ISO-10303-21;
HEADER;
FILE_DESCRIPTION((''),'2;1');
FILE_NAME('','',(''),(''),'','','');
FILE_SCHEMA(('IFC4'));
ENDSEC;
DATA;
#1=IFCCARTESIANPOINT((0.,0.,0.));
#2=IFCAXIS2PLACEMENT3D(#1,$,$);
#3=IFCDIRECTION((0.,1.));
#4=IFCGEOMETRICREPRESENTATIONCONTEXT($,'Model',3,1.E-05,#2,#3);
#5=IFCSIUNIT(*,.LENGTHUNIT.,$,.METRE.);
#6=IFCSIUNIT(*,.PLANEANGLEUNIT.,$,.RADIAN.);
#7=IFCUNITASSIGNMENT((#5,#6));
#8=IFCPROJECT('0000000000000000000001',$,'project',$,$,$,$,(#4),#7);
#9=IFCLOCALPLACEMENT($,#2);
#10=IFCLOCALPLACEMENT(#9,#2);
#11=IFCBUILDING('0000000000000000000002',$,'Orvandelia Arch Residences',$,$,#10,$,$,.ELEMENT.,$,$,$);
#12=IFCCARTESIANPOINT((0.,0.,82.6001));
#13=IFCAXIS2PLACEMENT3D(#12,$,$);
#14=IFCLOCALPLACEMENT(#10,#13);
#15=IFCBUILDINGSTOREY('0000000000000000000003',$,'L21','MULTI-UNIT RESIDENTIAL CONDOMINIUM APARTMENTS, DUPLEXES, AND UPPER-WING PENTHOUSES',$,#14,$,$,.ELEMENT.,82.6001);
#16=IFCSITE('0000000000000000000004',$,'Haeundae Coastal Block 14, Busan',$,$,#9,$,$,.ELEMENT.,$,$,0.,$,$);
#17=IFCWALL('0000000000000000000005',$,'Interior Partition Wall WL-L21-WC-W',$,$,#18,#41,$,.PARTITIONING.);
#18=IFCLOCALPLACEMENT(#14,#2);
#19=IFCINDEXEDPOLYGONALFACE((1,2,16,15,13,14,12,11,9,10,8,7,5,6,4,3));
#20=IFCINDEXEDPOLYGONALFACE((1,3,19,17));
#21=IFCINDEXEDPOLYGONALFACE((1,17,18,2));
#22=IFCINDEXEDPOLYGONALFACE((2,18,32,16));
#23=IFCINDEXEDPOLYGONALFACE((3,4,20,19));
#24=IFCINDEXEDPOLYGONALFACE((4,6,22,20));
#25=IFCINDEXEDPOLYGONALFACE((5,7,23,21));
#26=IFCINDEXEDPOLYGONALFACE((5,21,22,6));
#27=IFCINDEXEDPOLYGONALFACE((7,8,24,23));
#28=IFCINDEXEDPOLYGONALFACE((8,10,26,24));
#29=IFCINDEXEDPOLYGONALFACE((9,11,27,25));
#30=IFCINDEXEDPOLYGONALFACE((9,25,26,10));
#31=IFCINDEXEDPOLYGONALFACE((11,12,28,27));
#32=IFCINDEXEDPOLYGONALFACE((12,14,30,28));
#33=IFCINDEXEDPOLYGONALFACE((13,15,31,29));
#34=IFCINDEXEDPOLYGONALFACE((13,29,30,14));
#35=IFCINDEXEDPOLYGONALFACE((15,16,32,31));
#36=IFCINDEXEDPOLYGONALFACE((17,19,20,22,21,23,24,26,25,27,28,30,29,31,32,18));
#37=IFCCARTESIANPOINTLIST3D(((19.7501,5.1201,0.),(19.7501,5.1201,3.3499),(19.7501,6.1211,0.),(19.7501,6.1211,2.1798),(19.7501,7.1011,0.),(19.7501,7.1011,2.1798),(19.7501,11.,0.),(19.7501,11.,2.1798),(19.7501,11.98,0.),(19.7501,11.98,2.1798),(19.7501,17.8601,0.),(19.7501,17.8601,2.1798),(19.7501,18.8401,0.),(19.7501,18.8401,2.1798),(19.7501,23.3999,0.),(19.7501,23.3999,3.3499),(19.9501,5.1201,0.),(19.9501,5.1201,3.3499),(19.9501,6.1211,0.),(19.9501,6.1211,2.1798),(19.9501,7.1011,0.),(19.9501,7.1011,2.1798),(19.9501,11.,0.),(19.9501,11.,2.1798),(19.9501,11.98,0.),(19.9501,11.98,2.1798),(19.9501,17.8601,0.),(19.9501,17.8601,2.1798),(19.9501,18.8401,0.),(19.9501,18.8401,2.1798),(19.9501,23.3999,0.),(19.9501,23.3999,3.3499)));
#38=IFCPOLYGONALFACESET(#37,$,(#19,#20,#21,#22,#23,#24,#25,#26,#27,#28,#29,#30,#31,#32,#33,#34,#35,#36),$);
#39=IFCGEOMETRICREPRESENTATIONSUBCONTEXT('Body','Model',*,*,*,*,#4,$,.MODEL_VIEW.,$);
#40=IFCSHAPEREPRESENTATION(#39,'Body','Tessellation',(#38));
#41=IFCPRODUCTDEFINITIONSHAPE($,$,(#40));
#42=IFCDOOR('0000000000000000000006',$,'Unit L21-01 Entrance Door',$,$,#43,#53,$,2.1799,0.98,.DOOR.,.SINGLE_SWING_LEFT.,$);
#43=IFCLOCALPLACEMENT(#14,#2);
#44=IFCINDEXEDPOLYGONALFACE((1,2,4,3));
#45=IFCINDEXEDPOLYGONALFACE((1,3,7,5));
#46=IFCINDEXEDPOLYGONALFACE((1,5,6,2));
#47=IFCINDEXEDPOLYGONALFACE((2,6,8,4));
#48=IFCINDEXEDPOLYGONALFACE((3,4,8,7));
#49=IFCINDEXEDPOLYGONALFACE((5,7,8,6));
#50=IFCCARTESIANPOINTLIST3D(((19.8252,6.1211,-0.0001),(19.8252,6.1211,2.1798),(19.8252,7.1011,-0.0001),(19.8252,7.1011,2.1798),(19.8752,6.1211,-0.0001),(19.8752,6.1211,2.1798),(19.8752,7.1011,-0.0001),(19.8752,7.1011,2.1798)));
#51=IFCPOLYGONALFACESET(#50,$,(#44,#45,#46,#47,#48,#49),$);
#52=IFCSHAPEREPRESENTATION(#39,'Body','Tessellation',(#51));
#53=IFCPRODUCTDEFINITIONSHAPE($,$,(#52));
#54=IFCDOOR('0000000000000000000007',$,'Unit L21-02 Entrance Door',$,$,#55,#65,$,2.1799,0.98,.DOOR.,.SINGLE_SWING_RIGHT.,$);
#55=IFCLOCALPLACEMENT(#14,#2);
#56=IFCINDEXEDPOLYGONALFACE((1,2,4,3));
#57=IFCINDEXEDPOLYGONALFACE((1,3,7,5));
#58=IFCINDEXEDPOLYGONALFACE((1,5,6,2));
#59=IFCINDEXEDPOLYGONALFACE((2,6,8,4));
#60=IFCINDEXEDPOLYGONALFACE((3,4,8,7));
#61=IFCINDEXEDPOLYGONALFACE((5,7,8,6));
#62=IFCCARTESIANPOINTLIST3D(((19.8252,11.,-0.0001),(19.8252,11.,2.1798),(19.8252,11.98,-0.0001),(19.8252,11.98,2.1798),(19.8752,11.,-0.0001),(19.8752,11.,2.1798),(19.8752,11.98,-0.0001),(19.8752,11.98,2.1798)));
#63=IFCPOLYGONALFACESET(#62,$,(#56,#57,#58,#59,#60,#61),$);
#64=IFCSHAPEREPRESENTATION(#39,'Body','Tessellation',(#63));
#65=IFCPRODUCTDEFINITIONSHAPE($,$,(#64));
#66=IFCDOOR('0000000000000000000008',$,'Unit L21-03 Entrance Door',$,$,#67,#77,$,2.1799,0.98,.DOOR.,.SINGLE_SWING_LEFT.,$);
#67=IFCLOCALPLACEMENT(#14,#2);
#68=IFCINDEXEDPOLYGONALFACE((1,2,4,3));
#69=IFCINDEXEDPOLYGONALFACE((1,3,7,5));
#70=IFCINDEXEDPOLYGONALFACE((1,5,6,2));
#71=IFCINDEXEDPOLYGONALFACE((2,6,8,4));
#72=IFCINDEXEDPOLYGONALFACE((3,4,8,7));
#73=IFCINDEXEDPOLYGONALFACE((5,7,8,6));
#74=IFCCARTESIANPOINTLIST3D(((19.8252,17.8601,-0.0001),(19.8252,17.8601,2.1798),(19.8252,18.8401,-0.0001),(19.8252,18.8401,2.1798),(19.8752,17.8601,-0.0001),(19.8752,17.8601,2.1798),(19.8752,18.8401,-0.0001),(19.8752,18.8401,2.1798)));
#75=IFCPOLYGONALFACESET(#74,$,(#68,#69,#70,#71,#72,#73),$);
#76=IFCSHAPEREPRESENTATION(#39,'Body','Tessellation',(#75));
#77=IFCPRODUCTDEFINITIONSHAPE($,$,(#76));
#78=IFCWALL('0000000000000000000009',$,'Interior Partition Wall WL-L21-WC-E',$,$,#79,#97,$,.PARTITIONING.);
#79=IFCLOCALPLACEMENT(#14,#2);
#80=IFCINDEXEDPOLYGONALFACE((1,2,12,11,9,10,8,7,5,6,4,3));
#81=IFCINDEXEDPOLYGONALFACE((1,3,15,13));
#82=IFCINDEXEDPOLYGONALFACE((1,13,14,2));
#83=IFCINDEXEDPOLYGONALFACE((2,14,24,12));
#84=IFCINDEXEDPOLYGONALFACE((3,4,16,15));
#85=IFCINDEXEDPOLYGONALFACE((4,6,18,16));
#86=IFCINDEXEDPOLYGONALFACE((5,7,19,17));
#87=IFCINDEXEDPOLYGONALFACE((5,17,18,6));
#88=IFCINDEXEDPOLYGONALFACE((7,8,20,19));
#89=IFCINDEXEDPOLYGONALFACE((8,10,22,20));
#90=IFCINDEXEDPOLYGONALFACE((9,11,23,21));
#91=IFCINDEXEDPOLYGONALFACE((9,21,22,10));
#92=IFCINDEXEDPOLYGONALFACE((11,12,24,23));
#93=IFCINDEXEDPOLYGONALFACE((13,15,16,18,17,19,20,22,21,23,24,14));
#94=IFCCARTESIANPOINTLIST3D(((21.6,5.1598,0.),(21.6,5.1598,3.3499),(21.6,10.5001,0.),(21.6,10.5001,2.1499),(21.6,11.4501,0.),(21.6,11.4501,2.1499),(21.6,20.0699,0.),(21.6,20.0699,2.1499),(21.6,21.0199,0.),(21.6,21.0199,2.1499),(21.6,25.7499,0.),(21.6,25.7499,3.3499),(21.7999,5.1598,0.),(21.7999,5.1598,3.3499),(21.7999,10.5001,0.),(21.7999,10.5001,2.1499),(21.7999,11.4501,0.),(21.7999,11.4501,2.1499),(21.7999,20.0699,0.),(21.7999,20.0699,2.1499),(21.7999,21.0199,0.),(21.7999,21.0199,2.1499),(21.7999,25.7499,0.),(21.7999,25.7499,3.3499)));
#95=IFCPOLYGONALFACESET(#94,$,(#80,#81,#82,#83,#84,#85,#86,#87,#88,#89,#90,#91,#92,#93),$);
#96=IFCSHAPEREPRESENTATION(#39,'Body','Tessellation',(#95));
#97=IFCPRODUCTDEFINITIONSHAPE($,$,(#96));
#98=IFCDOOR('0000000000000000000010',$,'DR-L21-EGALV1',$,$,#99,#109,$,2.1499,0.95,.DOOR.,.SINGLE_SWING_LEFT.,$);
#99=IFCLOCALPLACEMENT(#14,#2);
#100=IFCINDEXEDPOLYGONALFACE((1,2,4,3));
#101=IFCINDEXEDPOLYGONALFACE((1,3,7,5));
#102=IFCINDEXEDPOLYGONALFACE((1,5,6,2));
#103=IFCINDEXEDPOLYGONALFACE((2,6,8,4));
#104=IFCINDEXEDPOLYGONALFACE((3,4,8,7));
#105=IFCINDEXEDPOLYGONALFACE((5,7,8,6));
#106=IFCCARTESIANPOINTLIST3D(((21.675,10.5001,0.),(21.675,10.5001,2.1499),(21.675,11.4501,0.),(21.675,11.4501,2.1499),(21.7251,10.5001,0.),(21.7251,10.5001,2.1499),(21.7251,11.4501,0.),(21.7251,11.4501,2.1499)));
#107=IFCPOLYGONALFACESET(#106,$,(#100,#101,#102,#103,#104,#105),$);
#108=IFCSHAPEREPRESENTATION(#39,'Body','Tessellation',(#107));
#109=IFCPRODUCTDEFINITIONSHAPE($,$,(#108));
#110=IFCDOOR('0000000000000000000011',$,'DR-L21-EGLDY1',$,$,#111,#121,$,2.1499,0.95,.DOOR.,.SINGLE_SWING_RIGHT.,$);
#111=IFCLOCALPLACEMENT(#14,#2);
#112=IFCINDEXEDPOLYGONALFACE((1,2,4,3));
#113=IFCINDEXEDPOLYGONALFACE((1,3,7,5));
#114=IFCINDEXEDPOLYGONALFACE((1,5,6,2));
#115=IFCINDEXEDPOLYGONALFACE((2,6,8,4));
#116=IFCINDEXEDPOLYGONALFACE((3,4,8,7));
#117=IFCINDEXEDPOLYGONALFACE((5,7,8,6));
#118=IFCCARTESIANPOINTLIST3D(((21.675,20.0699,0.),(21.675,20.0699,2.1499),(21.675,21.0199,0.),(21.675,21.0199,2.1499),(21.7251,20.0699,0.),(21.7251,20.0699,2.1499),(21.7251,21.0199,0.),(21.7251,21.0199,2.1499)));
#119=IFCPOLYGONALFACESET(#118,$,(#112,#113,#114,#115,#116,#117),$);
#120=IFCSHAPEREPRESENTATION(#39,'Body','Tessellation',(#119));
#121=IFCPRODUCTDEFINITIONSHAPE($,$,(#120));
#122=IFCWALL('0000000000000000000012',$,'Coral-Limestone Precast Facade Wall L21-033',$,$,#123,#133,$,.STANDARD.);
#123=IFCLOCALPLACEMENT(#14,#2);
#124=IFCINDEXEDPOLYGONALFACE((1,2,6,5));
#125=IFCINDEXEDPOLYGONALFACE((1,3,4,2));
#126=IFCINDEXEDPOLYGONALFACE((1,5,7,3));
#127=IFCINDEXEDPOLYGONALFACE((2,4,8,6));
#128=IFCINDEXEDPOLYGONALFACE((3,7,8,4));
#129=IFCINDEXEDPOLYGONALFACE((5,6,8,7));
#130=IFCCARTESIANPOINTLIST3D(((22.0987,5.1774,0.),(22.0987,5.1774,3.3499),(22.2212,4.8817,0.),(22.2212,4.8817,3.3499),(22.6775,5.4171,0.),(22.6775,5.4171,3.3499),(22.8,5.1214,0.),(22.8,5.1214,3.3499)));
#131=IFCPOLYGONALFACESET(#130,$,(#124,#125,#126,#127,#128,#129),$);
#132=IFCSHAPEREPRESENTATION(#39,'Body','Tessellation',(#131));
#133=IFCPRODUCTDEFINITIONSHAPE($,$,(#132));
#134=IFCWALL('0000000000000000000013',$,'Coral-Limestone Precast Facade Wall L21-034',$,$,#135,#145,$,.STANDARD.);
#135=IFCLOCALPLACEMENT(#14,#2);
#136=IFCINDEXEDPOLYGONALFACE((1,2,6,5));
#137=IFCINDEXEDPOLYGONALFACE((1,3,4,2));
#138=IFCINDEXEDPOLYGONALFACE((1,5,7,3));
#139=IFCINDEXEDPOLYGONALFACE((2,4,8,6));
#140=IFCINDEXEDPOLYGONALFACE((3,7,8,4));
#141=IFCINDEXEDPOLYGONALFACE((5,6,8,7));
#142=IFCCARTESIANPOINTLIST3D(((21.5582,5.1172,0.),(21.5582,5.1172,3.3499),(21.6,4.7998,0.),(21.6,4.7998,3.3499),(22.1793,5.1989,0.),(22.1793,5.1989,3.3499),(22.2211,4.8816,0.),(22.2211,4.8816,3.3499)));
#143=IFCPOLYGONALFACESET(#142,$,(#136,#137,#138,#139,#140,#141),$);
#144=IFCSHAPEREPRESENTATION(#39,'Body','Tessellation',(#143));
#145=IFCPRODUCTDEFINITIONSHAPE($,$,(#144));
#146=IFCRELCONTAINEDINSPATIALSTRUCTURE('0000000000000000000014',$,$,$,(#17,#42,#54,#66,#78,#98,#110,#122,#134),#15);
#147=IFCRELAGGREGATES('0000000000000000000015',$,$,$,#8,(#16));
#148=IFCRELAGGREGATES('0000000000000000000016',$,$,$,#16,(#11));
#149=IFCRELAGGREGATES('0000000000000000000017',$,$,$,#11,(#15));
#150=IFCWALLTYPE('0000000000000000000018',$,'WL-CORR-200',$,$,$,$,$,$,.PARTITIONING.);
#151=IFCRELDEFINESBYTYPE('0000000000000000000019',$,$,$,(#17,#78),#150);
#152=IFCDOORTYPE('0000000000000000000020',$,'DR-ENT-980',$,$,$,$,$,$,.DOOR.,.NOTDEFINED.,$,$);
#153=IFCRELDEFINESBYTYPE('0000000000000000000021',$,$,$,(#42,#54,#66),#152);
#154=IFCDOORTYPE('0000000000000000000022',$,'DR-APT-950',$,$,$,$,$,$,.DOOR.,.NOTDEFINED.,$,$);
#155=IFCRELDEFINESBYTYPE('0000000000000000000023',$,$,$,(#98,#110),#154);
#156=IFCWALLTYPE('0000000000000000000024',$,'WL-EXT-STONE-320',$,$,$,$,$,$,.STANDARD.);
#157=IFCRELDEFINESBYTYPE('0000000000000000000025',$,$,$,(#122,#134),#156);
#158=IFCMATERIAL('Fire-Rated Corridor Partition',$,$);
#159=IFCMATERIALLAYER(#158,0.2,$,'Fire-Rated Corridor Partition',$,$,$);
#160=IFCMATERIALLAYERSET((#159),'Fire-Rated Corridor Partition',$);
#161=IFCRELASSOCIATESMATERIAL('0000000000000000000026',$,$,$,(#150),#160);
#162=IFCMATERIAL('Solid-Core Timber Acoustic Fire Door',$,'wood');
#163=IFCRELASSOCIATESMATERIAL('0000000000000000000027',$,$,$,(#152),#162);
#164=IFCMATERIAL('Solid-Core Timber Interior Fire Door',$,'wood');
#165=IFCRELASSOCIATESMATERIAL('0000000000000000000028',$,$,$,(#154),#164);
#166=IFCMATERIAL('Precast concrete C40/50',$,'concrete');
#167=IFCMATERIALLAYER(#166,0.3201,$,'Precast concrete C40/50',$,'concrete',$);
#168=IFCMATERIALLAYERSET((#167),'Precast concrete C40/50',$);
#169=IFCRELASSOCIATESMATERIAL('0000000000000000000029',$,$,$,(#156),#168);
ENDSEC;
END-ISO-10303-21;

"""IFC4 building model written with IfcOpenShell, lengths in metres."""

from ifc_helpers import new_model, si_unit, direction, frame, frame_2d, origin, place, context, subcontext, project, spatial, rectangle, extrude, material, layer, layer_set, type_object, element, fill, save


model = new_model("IFC4")

# Units and contexts
model_context = context("Model", 3, precision=1e-05, world=origin(), true_north=direction((0.0, 1.0)))
body_context = subcontext(model_context, "Body", "Model", "MODEL_VIEW")
ifc_project = project(units=[si_unit("LENGTHUNIT", "METRE"), si_unit("PLANEANGLEUNIT", "RADIAN")], contexts=[model_context])

# Site, building, storey
site_placement = place(None, origin())
site = spatial("IfcSite", under=ifc_project, at=site_placement, Name="Haeundae Coastal Block 14, Busan", CompositionType="ELEMENT", RefElevation=0.0)
building_placement = place(site_placement, origin())
building = spatial("IfcBuilding", under=site, at=building_placement, Name="Orvandelia Arch Residences", CompositionType="ELEMENT")
storey_placement = place(building_placement, frame((0.0, 0.0, 82.6001)))
storey = spatial("IfcBuildingStorey", under=building, at=storey_placement, Name="L21", Description="MULTI-UNIT RESIDENTIAL CONDOMINIUM APARTMENTS, DUPLEXES, AND UPPER-WING PENTHOUSES", CompositionType="ELEMENT", Elevation=82.6001)

# Walls, openings, doors
ifc_material_1 = material(Name="Fire-Rated Corridor Partition")
ifc_layer_1 = layer(ifc_material_1, 0.2, Name="Fire-Rated Corridor Partition")
ifc_layer_set_1 = layer_set([ifc_layer_1], Name="Fire-Rated Corridor Partition")
wall_type_1 = type_object("IfcWallType", Name="WL-CORR-200", PredefinedType="PARTITIONING", material=ifc_layer_set_1)
wall_1_placement = place(storey_placement, frame((19.8501, 5.1201, 0.0), z_axis=(0.0, 0.0, 1.0), x_axis=(0.0, 1.0, 0.0)))
wall_1 = element("IfcWall", 1, at=wall_1_placement, inside=storey, type_object=wall_type_1, Name="Interior Partition Wall WL-L21-WC-W", PredefinedType="PARTITIONING", context=body_context, shape_type="SweptSolid", body=[
    extrude(rectangle(XDim=18.2798, YDim=0.2, at=frame_2d((9.1399, 0.0))), origin(), (0.0, 0.0, 1.0), 3.3499),
])
opening_1_placement = place(wall_1_placement, frame((1.001, 0.0, 0.0)))
opening_1 = element("IfcOpeningElement", 2, at=opening_1_placement, cuts=wall_1, PredefinedType="OPENING", context=body_context, shape_type="SweptSolid", body=[
    extrude(rectangle(XDim=0.98, YDim=2.1799, at=frame_2d((0.49, 1.0898))), frame((0.0, 0.1099, 0.0), z_axis=(0.0, -1.0, 0.0), x_axis=(1.0, 0.0, 0.0)), (0.0, 0.0, 1.0), 0.22),
])
opening_2_placement = place(wall_1_placement, frame((5.8799, 0.0, 0.0)))
opening_2 = element("IfcOpeningElement", 3, at=opening_2_placement, cuts=wall_1, PredefinedType="OPENING", context=body_context, shape_type="SweptSolid", body=[
    extrude(rectangle(XDim=0.98, YDim=2.1799, at=frame_2d((0.49, 1.0898))), frame((0.0, 0.1099, 0.0), z_axis=(0.0, -1.0, 0.0), x_axis=(1.0, 0.0, 0.0)), (0.0, 0.0, 1.0), 0.22),
])
opening_3_placement = place(wall_1_placement, frame((12.74, 0.0, 0.0)))
opening_3 = element("IfcOpeningElement", 4, at=opening_3_placement, cuts=wall_1, PredefinedType="OPENING", context=body_context, shape_type="SweptSolid", body=[
    extrude(rectangle(XDim=0.98, YDim=2.1799, at=frame_2d((0.49, 1.0898))), frame((0.0, 0.1099, 0.0), z_axis=(0.0, -1.0, 0.0), x_axis=(1.0, 0.0, 0.0)), (0.0, 0.0, 1.0), 0.22),
])
ifc_material_2 = material(Name="Solid-Core Timber Acoustic Fire Door", Category="wood")
door_type_1 = type_object("IfcDoorType", Name="DR-ENT-980", OperationType="NOTDEFINED", PredefinedType="DOOR", material=ifc_material_2)
door_1_placement = place(opening_1_placement, origin())
door_1 = element("IfcDoor", 5, at=door_1_placement, inside=storey, type_object=door_type_1, Name="Unit L21-01 Entrance Door", OperationType="SINGLE_SWING_LEFT", OverallHeight=2.1799, OverallWidth=0.98, PredefinedType="DOOR", context=body_context, shape_type="SweptSolid", body=[
    extrude(rectangle(XDim=0.98, YDim=2.1799, at=frame_2d((0.49, 1.0898))), frame((0.0, 0.0249, 0.0), z_axis=(0.0, -1.0, 0.0), x_axis=(1.0, 0.0, 0.0)), (0.0, 0.0, 1.0), 0.05),
])
fill(opening_1, door_1)
door_2_placement = place(opening_2_placement, origin())
door_2 = element("IfcDoor", 6, at=door_2_placement, inside=storey, type_object=door_type_1, Name="Unit L21-02 Entrance Door", OperationType="SINGLE_SWING_RIGHT", OverallHeight=2.1799, OverallWidth=0.98, PredefinedType="DOOR", context=body_context, shape_type="SweptSolid", body=[
    extrude(rectangle(XDim=0.98, YDim=2.1799, at=frame_2d((0.49, 1.0898))), frame((0.0, 0.0249, 0.0), z_axis=(0.0, -1.0, 0.0), x_axis=(1.0, 0.0, 0.0)), (0.0, 0.0, 1.0), 0.05),
])
fill(opening_2, door_2)
door_3_placement = place(opening_3_placement, origin())
door_3 = element("IfcDoor", 7, at=door_3_placement, inside=storey, type_object=door_type_1, Name="Unit L21-03 Entrance Door", OperationType="SINGLE_SWING_LEFT", OverallHeight=2.1799, OverallWidth=0.98, PredefinedType="DOOR", context=body_context, shape_type="SweptSolid", body=[
    extrude(rectangle(XDim=0.98, YDim=2.1799, at=frame_2d((0.49, 1.0898))), frame((0.0, 0.0249, 0.0), z_axis=(0.0, -1.0, 0.0), x_axis=(1.0, 0.0, 0.0)), (0.0, 0.0, 1.0), 0.05),
])
fill(opening_3, door_3)
wall_2_placement = place(storey_placement, frame((21.7, 5.1599, 0.0), z_axis=(0.0, 0.0, 1.0), x_axis=(0.0, 1.0, 0.0)))
wall_2 = element("IfcWall", 8, at=wall_2_placement, inside=storey, type_object=wall_type_1, Name="Interior Partition Wall WL-L21-WC-E", PredefinedType="PARTITIONING", context=body_context, shape_type="SweptSolid", body=[
    extrude(rectangle(XDim=20.5901, YDim=0.2, at=frame_2d((10.2949, 0.0))), origin(), (0.0, 0.0, 1.0), 3.3499),
])
opening_4_placement = place(wall_2_placement, frame((5.3401, 0.0, 0.0)))
opening_4 = element("IfcOpeningElement", 9, at=opening_4_placement, cuts=wall_2, PredefinedType="OPENING", context=body_context, shape_type="SweptSolid", body=[
    extrude(rectangle(XDim=0.95, YDim=2.1499, at=frame_2d((0.4751, 1.075))), frame((0.0, 0.1099, 0.0), z_axis=(0.0, -1.0, 0.0), x_axis=(1.0, 0.0, 0.0)), (0.0, 0.0, 1.0), 0.22),
])
opening_5_placement = place(wall_2_placement, frame((14.9099, 0.0, 0.0)))
opening_5 = element("IfcOpeningElement", 10, at=opening_5_placement, cuts=wall_2, PredefinedType="OPENING", context=body_context, shape_type="SweptSolid", body=[
    extrude(rectangle(XDim=0.95, YDim=2.1499, at=frame_2d((0.4751, 1.075))), frame((0.0, 0.1099, 0.0), z_axis=(0.0, -1.0, 0.0), x_axis=(1.0, 0.0, 0.0)), (0.0, 0.0, 1.0), 0.22),
])
ifc_material_3 = material(Name="Solid-Core Timber Interior Fire Door", Category="wood")
door_type_2 = type_object("IfcDoorType", Name="DR-APT-950", OperationType="NOTDEFINED", PredefinedType="DOOR", material=ifc_material_3)
door_4_placement = place(opening_4_placement, origin())
door_4 = element("IfcDoor", 11, at=door_4_placement, inside=storey, type_object=door_type_2, Name="DR-L21-EGALV1", OperationType="SINGLE_SWING_LEFT", OverallHeight=2.1499, OverallWidth=0.95, PredefinedType="DOOR", context=body_context, shape_type="SweptSolid", body=[
    extrude(rectangle(XDim=0.95, YDim=2.1499, at=frame_2d((0.4751, 1.075))), frame((0.0, 0.0249, 0.0), z_axis=(0.0, -1.0, 0.0), x_axis=(1.0, 0.0, 0.0)), (0.0, 0.0, 1.0), 0.05),
])
fill(opening_4, door_4)
door_5_placement = place(opening_5_placement, origin())
door_5 = element("IfcDoor", 12, at=door_5_placement, inside=storey, type_object=door_type_2, Name="DR-L21-EGLDY1", OperationType="SINGLE_SWING_RIGHT", OverallHeight=2.1499, OverallWidth=0.95, PredefinedType="DOOR", context=body_context, shape_type="SweptSolid", body=[
    extrude(rectangle(XDim=0.95, YDim=2.1499, at=frame_2d((0.4751, 1.075))), frame((0.0, 0.0249, 0.0), z_axis=(0.0, -1.0, 0.0), x_axis=(1.0, 0.0, 0.0)), (0.0, 0.0, 1.0), 0.05),
])
fill(opening_5, door_5)

# Walls
ifc_material_4 = material(Name="Precast concrete C40/50", Category="concrete")
ifc_layer_2 = layer(ifc_material_4, 0.3201, Name="Precast concrete C40/50", Category="concrete")
ifc_layer_set_2 = layer_set([ifc_layer_2], Name="Precast concrete C40/50")
wall_type_2 = type_object("IfcWallType", Name="WL-EXT-STONE-320", PredefinedType="STANDARD", material=ifc_layer_set_2)
for number, where, z_axis, x_axis, name in (
    (13, (22.7388, 5.2693, 0.0), (0.0, 0.0, 1.0), (-0.923893, -0.38265, 0.0), "Coral-Limestone Precast Facade Wall L21-033"),
    (14, (22.2002, 5.0403, 0.0), (0.0, 0.0, 1.0), (-0.991441, -0.130555, 0.0), "Coral-Limestone Precast Facade Wall L21-034"),
):
    element("IfcWall", number, at=place(storey_placement, frame(where, z_axis=z_axis, x_axis=x_axis)), inside=storey, type_object=wall_type_2, Name=name, PredefinedType="STANDARD", context=body_context, shape_type="SweptSolid", body=[
        extrude(rectangle(XDim=0.6265, YDim=0.3201, at=frame_2d((0.3132, 0.0))), origin(), (0.0, 0.0, 1.0), 3.3499),
    ])

save(model, "model.ifc")
